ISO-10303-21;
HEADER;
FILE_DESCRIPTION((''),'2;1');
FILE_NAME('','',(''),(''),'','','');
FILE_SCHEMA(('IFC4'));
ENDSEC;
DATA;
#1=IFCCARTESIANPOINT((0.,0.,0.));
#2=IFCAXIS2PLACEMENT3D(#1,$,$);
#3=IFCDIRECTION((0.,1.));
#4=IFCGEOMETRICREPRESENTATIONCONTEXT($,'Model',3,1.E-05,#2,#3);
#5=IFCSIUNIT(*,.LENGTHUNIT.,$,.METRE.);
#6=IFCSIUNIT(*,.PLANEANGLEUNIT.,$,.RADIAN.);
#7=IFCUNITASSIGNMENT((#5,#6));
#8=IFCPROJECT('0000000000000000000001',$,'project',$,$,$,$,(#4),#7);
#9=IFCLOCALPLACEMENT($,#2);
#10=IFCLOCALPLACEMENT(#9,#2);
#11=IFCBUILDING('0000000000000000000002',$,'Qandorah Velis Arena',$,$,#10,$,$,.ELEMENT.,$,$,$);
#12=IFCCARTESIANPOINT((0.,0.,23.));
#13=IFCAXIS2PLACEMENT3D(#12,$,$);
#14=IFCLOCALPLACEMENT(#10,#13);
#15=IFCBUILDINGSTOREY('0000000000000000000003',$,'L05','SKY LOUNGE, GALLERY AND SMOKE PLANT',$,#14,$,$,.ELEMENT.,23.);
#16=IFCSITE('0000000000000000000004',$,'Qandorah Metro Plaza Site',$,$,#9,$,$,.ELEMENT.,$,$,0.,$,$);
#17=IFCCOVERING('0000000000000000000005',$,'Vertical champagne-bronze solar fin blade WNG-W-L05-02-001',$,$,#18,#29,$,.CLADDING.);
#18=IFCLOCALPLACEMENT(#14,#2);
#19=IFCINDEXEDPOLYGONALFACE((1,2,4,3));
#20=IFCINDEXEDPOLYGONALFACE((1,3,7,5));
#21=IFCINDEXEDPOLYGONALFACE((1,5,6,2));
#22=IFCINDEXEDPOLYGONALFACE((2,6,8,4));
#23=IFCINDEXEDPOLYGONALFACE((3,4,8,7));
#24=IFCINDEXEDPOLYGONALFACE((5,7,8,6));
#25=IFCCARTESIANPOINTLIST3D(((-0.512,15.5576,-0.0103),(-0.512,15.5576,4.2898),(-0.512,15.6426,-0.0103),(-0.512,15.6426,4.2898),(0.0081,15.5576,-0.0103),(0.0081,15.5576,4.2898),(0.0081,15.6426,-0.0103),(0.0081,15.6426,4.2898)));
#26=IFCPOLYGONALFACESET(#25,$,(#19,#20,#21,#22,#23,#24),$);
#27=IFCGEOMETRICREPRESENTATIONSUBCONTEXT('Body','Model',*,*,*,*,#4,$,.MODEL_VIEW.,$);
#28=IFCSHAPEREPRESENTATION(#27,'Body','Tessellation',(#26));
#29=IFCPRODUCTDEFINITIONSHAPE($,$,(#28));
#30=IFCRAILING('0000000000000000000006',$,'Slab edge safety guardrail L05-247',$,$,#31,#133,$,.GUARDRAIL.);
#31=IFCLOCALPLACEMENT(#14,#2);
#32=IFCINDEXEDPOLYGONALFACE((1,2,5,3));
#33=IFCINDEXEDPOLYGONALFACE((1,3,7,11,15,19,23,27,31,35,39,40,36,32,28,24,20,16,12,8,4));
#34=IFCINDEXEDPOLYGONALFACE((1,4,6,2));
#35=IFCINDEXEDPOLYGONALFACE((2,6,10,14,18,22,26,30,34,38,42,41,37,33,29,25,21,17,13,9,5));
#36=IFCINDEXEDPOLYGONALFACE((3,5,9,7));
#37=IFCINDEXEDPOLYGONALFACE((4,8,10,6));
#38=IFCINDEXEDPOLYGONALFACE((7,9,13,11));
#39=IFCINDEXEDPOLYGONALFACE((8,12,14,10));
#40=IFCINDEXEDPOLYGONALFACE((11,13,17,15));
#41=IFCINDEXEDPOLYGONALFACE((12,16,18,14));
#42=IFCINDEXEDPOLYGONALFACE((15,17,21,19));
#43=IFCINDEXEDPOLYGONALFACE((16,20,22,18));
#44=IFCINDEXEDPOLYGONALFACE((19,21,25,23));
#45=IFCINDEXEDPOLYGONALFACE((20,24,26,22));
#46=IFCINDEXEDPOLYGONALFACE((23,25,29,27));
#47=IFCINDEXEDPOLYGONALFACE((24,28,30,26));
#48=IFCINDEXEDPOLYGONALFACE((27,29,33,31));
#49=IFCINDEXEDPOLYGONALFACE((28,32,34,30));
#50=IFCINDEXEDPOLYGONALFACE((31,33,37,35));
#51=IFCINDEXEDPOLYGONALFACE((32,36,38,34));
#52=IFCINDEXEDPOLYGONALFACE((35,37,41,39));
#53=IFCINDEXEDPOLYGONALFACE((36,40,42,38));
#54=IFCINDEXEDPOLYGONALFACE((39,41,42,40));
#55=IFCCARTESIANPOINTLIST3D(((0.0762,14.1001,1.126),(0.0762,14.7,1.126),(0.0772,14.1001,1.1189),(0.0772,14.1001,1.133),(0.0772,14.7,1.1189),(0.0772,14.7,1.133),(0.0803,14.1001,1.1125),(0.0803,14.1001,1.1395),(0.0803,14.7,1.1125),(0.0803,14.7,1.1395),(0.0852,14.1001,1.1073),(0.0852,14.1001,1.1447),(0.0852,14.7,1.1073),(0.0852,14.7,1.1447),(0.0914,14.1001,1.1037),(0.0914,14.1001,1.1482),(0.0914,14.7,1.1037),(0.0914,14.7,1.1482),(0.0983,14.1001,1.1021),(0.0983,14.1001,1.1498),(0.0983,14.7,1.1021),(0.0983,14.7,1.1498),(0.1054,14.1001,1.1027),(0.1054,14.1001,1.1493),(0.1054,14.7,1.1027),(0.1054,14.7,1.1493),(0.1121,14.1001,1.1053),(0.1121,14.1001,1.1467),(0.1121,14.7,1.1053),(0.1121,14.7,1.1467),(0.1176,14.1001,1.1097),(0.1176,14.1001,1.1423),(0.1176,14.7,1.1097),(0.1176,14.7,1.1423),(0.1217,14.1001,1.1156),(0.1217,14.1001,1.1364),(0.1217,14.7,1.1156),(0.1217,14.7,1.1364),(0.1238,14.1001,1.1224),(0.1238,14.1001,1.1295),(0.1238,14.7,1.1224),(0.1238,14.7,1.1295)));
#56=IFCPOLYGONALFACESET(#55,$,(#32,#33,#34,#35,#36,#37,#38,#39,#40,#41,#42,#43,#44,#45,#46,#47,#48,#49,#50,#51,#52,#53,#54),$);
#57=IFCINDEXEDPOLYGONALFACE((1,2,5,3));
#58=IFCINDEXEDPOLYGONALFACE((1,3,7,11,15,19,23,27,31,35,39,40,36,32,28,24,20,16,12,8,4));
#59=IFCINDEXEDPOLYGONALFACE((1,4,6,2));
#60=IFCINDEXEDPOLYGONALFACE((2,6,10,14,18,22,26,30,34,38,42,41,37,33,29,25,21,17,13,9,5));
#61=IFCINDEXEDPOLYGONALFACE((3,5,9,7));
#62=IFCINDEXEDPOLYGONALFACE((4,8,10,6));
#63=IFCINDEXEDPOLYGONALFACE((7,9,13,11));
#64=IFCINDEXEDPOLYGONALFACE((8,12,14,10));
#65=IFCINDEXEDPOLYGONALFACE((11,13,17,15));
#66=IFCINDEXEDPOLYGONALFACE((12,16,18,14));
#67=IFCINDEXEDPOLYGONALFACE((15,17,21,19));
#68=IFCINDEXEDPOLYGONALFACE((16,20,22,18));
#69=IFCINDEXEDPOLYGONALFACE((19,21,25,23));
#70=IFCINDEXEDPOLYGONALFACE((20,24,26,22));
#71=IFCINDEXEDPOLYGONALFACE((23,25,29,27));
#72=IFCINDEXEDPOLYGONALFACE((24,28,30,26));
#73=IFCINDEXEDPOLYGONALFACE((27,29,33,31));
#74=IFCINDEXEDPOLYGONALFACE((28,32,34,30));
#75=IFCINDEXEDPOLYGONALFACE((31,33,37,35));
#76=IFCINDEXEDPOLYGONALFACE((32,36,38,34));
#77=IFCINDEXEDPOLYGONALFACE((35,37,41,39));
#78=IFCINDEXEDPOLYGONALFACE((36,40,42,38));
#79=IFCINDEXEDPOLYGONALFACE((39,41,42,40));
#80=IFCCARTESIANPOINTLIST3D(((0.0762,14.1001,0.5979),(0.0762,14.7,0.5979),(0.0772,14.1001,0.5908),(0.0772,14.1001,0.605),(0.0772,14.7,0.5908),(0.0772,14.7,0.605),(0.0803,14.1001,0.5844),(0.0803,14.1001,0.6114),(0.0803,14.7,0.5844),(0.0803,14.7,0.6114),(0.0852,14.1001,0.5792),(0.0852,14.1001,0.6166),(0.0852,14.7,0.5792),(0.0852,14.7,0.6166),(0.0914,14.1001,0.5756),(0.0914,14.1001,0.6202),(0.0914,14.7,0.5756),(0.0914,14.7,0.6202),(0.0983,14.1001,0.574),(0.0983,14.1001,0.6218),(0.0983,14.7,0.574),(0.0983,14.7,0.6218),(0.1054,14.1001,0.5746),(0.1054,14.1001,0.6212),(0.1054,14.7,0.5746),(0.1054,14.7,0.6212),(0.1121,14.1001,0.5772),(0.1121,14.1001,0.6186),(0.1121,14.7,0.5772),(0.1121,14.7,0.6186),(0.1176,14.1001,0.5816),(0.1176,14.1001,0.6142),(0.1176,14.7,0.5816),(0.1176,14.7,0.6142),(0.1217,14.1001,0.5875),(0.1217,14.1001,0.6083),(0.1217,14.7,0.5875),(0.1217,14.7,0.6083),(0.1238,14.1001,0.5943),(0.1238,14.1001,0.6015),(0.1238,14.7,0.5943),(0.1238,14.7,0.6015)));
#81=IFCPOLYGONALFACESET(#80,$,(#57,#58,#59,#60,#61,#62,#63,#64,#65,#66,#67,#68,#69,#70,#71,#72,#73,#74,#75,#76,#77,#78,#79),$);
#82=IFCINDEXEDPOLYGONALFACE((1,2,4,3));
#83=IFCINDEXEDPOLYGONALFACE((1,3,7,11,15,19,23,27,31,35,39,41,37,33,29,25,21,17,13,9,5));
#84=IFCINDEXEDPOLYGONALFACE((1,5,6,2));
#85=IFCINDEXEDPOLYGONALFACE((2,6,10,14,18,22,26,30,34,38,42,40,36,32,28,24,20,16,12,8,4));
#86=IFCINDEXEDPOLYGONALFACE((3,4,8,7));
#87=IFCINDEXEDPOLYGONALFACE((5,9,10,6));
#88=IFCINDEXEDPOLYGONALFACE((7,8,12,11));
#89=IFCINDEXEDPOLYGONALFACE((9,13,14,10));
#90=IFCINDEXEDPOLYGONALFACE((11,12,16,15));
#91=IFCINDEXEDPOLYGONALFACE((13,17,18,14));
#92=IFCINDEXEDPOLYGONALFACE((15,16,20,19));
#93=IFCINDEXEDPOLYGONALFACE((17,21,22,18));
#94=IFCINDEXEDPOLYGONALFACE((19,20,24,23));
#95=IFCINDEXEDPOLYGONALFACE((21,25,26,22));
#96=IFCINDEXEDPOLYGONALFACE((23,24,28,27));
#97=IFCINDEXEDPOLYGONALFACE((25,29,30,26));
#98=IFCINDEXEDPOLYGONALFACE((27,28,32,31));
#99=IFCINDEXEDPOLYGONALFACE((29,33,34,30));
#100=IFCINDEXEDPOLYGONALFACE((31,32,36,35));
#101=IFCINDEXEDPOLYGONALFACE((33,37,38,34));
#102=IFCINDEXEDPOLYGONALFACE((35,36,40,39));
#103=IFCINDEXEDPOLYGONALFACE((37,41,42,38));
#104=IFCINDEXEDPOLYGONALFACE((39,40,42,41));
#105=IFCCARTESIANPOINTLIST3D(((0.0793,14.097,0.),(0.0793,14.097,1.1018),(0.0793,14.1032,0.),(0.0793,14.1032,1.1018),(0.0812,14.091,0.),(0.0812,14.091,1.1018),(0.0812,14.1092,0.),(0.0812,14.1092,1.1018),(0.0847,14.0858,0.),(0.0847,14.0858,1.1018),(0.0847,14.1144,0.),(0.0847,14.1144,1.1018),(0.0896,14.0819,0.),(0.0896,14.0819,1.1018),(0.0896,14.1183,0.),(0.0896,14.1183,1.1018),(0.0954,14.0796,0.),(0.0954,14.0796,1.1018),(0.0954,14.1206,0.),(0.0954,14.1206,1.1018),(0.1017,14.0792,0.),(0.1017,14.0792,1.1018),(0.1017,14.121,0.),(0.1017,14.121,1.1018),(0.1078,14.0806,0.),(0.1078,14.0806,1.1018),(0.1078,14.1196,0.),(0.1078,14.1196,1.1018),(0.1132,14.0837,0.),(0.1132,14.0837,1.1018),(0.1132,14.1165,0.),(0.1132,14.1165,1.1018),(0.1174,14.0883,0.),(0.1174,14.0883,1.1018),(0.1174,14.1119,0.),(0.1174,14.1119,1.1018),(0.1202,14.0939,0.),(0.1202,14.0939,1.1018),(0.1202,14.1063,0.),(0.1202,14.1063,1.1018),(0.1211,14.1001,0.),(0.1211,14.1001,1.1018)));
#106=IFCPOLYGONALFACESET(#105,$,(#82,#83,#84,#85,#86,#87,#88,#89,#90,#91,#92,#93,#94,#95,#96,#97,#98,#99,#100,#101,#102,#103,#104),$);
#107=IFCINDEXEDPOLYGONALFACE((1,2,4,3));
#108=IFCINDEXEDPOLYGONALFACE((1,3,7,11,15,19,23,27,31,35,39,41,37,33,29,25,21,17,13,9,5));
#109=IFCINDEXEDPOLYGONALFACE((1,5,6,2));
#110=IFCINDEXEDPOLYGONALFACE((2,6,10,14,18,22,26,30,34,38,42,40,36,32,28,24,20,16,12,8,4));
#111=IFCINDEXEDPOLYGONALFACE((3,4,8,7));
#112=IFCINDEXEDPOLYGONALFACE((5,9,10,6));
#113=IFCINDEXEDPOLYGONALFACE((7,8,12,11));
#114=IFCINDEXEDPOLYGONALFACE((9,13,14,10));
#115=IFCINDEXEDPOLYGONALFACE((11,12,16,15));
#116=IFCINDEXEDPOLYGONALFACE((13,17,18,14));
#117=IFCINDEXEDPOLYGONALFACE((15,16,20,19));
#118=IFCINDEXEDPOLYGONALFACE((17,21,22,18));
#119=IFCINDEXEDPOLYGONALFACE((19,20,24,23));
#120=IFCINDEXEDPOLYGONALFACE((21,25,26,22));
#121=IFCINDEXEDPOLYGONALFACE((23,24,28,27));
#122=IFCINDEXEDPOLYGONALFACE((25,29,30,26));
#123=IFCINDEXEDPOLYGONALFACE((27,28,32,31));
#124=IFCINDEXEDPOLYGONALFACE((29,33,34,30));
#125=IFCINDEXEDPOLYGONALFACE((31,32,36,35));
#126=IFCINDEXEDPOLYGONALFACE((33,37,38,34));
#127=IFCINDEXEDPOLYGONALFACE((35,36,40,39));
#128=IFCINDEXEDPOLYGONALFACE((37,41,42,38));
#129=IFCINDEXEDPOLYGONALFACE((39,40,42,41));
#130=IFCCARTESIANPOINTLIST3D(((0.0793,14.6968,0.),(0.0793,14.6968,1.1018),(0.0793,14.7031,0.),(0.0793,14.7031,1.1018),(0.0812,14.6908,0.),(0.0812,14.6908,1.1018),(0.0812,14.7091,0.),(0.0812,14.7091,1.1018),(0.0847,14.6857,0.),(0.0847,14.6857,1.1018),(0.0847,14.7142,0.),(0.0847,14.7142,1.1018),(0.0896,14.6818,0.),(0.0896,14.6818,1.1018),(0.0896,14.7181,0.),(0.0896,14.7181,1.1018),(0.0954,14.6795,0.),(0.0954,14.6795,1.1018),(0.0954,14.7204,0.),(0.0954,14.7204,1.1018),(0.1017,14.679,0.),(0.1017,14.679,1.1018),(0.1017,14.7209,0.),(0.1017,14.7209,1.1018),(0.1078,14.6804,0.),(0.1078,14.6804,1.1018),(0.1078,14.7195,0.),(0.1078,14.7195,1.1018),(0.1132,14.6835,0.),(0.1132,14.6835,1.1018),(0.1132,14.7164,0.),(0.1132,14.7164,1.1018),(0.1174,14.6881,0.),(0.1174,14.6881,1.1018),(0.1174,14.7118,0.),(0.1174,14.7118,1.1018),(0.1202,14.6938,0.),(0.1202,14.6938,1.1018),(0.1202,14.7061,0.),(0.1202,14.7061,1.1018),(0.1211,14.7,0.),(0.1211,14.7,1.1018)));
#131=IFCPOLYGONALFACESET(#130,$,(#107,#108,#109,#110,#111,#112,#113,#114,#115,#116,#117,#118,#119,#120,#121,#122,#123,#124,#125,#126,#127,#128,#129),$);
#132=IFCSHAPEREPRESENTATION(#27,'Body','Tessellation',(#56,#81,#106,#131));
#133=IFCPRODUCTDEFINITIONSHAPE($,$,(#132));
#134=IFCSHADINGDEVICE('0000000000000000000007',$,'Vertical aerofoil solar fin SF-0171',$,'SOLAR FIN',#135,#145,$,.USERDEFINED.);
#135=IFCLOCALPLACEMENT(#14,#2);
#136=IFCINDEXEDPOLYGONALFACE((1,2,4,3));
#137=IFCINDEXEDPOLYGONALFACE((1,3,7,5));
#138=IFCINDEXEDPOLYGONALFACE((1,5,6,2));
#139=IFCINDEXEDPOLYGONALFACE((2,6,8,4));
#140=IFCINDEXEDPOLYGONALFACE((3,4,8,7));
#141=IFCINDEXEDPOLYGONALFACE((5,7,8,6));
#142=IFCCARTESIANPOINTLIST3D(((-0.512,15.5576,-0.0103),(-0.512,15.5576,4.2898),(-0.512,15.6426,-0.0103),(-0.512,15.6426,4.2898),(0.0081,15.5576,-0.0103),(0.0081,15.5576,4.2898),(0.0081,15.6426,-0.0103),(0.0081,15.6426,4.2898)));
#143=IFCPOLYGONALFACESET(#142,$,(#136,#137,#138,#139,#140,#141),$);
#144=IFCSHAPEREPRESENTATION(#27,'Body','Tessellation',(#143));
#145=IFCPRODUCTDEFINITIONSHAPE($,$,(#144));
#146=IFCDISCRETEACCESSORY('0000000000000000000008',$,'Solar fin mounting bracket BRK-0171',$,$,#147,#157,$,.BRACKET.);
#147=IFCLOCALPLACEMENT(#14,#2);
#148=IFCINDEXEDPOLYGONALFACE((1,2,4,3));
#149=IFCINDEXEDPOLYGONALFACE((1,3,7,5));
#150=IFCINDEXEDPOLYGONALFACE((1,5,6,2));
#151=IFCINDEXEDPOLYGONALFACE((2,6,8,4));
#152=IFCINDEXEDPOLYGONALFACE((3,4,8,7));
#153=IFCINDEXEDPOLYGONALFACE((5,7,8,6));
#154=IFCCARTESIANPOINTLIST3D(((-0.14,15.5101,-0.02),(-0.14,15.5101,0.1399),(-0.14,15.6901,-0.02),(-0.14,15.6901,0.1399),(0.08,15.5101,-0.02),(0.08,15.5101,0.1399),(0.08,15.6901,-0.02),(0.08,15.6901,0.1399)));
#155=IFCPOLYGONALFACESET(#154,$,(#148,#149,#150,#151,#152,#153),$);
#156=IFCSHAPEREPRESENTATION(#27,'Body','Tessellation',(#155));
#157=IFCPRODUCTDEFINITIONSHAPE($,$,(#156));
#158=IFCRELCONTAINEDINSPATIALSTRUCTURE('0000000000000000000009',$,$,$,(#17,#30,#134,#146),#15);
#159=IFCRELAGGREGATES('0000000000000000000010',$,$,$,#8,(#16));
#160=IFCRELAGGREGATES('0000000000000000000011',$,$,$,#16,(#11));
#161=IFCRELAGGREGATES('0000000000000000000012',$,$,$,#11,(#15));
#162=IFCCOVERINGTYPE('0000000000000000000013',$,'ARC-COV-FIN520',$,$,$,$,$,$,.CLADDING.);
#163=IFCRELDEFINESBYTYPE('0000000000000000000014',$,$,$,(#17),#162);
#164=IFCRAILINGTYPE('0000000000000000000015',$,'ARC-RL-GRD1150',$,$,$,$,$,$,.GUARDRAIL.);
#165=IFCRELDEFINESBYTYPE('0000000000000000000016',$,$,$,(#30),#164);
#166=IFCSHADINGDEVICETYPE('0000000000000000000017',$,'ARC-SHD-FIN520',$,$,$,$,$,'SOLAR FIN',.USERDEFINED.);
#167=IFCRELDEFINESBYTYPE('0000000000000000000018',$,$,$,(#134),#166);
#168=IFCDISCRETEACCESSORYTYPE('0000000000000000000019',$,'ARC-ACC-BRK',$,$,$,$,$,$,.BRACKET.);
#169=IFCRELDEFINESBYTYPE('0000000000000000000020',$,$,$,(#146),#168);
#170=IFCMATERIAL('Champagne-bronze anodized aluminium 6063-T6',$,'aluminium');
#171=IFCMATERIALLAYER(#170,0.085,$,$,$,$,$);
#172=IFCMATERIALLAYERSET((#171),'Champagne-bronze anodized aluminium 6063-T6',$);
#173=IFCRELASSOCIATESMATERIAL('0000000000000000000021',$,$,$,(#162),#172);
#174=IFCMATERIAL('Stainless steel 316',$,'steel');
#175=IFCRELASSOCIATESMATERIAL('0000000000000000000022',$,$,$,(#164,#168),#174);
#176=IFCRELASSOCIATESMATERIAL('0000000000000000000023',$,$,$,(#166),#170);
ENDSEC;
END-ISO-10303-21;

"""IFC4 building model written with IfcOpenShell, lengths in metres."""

from ifc_helpers import new_model, si_unit, direction, frame, origin, origin_2d, place, context, subcontext, project, spatial, rectangle, circle, extrude, material, layer, layer_set, type_object, element, save


model = new_model("IFC4")

# Units and contexts
model_context = context("Model", 3, precision=1e-05, world=origin(), true_north=direction((0.0, 1.0)))
body_context = subcontext(model_context, "Body", "Model", "MODEL_VIEW")
ifc_project = project(units=[si_unit("LENGTHUNIT", "METRE"), si_unit("PLANEANGLEUNIT", "RADIAN")], contexts=[model_context])

# Site, building, storey
site_placement = place(None, origin())
site = spatial("IfcSite", under=ifc_project, at=site_placement, Name="Qandorah Metro Plaza Site", CompositionType="ELEMENT", RefElevation=0.0)
building_placement = place(site_placement, origin())
building = spatial("IfcBuilding", under=site, at=building_placement, Name="Qandorah Velis Arena", CompositionType="ELEMENT")
storey_placement = place(building_placement, frame((0.0, 0.0, 23.0)))
storey = spatial("IfcBuildingStorey", under=building, at=storey_placement, Name="L05", Description="SKY LOUNGE, GALLERY AND SMOKE PLANT", CompositionType="ELEMENT", Elevation=23.0)

# Shared definitions
ifc_material_1 = material(Name="Champagne-bronze anodized aluminium 6063-T6", Category="aluminium")

# Covering
ifc_layer_1 = layer(ifc_material_1, 0.085)
ifc_layer_set_1 = layer_set([ifc_layer_1], Name="Champagne-bronze anodized aluminium 6063-T6")
covering_type = type_object("IfcCoveringType", Name="ARC-COV-FIN520", PredefinedType="CLADDING", material=ifc_layer_set_1)
covering_placement = place(storey_placement, frame((-0.252, 15.6001, -0.0103), z_axis=(0.0, 0.0, 1.0), x_axis=(1.0, 0.0, 0.0)))
element("IfcCovering", 1, at=covering_placement, inside=storey, type_object=covering_type, Name="Vertical champagne-bronze solar fin blade WNG-W-L05-02-001", PredefinedType="CLADDING", context=body_context, shape_type="SweptSolid", body=[
    extrude(rectangle(XDim=0.52, YDim=0.085, at=origin_2d()), origin(), (0.0, 0.0, 1.0), 4.3),
])

# Railing
ifc_material_2 = material(Name="Stainless steel 316", Category="steel")
railing_type = type_object("IfcRailingType", Name="ARC-RL-GRD1150", PredefinedType="GUARDRAIL", material=ifc_material_2)
railing_placement = place(storey_placement, frame((0.1001, 14.1001, 0.0)))
element("IfcRailing", 2, at=railing_placement, inside=storey, type_object=railing_type, Name="Slab edge safety guardrail L05-247", PredefinedType="GUARDRAIL", context=body_context, shape_type="SweptSolid", body=[
    extrude(circle(Radius=0.0239, at=origin_2d()), frame((0.0, 0.0, 1.126), z_axis=(0.0, 1.0, 0.0), x_axis=(-1.0, 0.0, 0.0)), (0.0, 0.0, 1.0), 0.5999),
    extrude(circle(Radius=0.0239, at=origin_2d()), frame((0.0, 0.0, 0.5979), z_axis=(0.0, 1.0, 0.0), x_axis=(-1.0, 0.0, 0.0)), (0.0, 0.0, 1.0), 0.5999),
    extrude(circle(Radius=0.021, at=origin_2d()), origin(), (0.0, 0.0, 1.0), 1.1018),
    extrude(circle(Radius=0.021, at=origin_2d()), frame((0.0, 0.5999, 0.0)), (0.0, 0.0, 1.0), 1.1018),
])

# Shading device
shading_device_type = type_object("IfcShadingDeviceType", Name="ARC-SHD-FIN520", ElementType="SOLAR FIN", PredefinedType="USERDEFINED", material=ifc_material_1)
shading_device_placement = place(storey_placement, frame((-0.252, 15.6001, -0.0103), z_axis=(0.0, 0.0, 1.0), x_axis=(1.0, 0.0, 0.0)))
element("IfcShadingDevice", 3, at=shading_device_placement, inside=storey, type_object=shading_device_type, Name="Vertical aerofoil solar fin SF-0171", ObjectType="SOLAR FIN", PredefinedType="USERDEFINED", context=body_context, shape_type="SweptSolid", body=[
    extrude(rectangle(XDim=0.52, YDim=0.085, at=origin_2d()), origin(), (0.0, 0.0, 1.0), 4.3),
])

# Discrete accessory
discrete_accessory_type = type_object("IfcDiscreteAccessoryType", Name="ARC-ACC-BRK", PredefinedType="BRACKET", material=ifc_material_2)
discrete_accessory_placement = place(storey_placement, frame((-0.03, 15.6001, -0.02), z_axis=(0.0, 0.0, 1.0), x_axis=(1.0, 0.0, 0.0)))
element("IfcDiscreteAccessory", 4, at=discrete_accessory_placement, inside=storey, type_object=discrete_accessory_type, Name="Solar fin mounting bracket BRK-0171", PredefinedType="BRACKET", context=body_context, shape_type="SweptSolid", body=[
    extrude(rectangle(XDim=0.22, YDim=0.1799, at=origin_2d()), origin(), (0.0, 0.0, 1.0), 0.1599),
])

save(model, "model.ifc")
